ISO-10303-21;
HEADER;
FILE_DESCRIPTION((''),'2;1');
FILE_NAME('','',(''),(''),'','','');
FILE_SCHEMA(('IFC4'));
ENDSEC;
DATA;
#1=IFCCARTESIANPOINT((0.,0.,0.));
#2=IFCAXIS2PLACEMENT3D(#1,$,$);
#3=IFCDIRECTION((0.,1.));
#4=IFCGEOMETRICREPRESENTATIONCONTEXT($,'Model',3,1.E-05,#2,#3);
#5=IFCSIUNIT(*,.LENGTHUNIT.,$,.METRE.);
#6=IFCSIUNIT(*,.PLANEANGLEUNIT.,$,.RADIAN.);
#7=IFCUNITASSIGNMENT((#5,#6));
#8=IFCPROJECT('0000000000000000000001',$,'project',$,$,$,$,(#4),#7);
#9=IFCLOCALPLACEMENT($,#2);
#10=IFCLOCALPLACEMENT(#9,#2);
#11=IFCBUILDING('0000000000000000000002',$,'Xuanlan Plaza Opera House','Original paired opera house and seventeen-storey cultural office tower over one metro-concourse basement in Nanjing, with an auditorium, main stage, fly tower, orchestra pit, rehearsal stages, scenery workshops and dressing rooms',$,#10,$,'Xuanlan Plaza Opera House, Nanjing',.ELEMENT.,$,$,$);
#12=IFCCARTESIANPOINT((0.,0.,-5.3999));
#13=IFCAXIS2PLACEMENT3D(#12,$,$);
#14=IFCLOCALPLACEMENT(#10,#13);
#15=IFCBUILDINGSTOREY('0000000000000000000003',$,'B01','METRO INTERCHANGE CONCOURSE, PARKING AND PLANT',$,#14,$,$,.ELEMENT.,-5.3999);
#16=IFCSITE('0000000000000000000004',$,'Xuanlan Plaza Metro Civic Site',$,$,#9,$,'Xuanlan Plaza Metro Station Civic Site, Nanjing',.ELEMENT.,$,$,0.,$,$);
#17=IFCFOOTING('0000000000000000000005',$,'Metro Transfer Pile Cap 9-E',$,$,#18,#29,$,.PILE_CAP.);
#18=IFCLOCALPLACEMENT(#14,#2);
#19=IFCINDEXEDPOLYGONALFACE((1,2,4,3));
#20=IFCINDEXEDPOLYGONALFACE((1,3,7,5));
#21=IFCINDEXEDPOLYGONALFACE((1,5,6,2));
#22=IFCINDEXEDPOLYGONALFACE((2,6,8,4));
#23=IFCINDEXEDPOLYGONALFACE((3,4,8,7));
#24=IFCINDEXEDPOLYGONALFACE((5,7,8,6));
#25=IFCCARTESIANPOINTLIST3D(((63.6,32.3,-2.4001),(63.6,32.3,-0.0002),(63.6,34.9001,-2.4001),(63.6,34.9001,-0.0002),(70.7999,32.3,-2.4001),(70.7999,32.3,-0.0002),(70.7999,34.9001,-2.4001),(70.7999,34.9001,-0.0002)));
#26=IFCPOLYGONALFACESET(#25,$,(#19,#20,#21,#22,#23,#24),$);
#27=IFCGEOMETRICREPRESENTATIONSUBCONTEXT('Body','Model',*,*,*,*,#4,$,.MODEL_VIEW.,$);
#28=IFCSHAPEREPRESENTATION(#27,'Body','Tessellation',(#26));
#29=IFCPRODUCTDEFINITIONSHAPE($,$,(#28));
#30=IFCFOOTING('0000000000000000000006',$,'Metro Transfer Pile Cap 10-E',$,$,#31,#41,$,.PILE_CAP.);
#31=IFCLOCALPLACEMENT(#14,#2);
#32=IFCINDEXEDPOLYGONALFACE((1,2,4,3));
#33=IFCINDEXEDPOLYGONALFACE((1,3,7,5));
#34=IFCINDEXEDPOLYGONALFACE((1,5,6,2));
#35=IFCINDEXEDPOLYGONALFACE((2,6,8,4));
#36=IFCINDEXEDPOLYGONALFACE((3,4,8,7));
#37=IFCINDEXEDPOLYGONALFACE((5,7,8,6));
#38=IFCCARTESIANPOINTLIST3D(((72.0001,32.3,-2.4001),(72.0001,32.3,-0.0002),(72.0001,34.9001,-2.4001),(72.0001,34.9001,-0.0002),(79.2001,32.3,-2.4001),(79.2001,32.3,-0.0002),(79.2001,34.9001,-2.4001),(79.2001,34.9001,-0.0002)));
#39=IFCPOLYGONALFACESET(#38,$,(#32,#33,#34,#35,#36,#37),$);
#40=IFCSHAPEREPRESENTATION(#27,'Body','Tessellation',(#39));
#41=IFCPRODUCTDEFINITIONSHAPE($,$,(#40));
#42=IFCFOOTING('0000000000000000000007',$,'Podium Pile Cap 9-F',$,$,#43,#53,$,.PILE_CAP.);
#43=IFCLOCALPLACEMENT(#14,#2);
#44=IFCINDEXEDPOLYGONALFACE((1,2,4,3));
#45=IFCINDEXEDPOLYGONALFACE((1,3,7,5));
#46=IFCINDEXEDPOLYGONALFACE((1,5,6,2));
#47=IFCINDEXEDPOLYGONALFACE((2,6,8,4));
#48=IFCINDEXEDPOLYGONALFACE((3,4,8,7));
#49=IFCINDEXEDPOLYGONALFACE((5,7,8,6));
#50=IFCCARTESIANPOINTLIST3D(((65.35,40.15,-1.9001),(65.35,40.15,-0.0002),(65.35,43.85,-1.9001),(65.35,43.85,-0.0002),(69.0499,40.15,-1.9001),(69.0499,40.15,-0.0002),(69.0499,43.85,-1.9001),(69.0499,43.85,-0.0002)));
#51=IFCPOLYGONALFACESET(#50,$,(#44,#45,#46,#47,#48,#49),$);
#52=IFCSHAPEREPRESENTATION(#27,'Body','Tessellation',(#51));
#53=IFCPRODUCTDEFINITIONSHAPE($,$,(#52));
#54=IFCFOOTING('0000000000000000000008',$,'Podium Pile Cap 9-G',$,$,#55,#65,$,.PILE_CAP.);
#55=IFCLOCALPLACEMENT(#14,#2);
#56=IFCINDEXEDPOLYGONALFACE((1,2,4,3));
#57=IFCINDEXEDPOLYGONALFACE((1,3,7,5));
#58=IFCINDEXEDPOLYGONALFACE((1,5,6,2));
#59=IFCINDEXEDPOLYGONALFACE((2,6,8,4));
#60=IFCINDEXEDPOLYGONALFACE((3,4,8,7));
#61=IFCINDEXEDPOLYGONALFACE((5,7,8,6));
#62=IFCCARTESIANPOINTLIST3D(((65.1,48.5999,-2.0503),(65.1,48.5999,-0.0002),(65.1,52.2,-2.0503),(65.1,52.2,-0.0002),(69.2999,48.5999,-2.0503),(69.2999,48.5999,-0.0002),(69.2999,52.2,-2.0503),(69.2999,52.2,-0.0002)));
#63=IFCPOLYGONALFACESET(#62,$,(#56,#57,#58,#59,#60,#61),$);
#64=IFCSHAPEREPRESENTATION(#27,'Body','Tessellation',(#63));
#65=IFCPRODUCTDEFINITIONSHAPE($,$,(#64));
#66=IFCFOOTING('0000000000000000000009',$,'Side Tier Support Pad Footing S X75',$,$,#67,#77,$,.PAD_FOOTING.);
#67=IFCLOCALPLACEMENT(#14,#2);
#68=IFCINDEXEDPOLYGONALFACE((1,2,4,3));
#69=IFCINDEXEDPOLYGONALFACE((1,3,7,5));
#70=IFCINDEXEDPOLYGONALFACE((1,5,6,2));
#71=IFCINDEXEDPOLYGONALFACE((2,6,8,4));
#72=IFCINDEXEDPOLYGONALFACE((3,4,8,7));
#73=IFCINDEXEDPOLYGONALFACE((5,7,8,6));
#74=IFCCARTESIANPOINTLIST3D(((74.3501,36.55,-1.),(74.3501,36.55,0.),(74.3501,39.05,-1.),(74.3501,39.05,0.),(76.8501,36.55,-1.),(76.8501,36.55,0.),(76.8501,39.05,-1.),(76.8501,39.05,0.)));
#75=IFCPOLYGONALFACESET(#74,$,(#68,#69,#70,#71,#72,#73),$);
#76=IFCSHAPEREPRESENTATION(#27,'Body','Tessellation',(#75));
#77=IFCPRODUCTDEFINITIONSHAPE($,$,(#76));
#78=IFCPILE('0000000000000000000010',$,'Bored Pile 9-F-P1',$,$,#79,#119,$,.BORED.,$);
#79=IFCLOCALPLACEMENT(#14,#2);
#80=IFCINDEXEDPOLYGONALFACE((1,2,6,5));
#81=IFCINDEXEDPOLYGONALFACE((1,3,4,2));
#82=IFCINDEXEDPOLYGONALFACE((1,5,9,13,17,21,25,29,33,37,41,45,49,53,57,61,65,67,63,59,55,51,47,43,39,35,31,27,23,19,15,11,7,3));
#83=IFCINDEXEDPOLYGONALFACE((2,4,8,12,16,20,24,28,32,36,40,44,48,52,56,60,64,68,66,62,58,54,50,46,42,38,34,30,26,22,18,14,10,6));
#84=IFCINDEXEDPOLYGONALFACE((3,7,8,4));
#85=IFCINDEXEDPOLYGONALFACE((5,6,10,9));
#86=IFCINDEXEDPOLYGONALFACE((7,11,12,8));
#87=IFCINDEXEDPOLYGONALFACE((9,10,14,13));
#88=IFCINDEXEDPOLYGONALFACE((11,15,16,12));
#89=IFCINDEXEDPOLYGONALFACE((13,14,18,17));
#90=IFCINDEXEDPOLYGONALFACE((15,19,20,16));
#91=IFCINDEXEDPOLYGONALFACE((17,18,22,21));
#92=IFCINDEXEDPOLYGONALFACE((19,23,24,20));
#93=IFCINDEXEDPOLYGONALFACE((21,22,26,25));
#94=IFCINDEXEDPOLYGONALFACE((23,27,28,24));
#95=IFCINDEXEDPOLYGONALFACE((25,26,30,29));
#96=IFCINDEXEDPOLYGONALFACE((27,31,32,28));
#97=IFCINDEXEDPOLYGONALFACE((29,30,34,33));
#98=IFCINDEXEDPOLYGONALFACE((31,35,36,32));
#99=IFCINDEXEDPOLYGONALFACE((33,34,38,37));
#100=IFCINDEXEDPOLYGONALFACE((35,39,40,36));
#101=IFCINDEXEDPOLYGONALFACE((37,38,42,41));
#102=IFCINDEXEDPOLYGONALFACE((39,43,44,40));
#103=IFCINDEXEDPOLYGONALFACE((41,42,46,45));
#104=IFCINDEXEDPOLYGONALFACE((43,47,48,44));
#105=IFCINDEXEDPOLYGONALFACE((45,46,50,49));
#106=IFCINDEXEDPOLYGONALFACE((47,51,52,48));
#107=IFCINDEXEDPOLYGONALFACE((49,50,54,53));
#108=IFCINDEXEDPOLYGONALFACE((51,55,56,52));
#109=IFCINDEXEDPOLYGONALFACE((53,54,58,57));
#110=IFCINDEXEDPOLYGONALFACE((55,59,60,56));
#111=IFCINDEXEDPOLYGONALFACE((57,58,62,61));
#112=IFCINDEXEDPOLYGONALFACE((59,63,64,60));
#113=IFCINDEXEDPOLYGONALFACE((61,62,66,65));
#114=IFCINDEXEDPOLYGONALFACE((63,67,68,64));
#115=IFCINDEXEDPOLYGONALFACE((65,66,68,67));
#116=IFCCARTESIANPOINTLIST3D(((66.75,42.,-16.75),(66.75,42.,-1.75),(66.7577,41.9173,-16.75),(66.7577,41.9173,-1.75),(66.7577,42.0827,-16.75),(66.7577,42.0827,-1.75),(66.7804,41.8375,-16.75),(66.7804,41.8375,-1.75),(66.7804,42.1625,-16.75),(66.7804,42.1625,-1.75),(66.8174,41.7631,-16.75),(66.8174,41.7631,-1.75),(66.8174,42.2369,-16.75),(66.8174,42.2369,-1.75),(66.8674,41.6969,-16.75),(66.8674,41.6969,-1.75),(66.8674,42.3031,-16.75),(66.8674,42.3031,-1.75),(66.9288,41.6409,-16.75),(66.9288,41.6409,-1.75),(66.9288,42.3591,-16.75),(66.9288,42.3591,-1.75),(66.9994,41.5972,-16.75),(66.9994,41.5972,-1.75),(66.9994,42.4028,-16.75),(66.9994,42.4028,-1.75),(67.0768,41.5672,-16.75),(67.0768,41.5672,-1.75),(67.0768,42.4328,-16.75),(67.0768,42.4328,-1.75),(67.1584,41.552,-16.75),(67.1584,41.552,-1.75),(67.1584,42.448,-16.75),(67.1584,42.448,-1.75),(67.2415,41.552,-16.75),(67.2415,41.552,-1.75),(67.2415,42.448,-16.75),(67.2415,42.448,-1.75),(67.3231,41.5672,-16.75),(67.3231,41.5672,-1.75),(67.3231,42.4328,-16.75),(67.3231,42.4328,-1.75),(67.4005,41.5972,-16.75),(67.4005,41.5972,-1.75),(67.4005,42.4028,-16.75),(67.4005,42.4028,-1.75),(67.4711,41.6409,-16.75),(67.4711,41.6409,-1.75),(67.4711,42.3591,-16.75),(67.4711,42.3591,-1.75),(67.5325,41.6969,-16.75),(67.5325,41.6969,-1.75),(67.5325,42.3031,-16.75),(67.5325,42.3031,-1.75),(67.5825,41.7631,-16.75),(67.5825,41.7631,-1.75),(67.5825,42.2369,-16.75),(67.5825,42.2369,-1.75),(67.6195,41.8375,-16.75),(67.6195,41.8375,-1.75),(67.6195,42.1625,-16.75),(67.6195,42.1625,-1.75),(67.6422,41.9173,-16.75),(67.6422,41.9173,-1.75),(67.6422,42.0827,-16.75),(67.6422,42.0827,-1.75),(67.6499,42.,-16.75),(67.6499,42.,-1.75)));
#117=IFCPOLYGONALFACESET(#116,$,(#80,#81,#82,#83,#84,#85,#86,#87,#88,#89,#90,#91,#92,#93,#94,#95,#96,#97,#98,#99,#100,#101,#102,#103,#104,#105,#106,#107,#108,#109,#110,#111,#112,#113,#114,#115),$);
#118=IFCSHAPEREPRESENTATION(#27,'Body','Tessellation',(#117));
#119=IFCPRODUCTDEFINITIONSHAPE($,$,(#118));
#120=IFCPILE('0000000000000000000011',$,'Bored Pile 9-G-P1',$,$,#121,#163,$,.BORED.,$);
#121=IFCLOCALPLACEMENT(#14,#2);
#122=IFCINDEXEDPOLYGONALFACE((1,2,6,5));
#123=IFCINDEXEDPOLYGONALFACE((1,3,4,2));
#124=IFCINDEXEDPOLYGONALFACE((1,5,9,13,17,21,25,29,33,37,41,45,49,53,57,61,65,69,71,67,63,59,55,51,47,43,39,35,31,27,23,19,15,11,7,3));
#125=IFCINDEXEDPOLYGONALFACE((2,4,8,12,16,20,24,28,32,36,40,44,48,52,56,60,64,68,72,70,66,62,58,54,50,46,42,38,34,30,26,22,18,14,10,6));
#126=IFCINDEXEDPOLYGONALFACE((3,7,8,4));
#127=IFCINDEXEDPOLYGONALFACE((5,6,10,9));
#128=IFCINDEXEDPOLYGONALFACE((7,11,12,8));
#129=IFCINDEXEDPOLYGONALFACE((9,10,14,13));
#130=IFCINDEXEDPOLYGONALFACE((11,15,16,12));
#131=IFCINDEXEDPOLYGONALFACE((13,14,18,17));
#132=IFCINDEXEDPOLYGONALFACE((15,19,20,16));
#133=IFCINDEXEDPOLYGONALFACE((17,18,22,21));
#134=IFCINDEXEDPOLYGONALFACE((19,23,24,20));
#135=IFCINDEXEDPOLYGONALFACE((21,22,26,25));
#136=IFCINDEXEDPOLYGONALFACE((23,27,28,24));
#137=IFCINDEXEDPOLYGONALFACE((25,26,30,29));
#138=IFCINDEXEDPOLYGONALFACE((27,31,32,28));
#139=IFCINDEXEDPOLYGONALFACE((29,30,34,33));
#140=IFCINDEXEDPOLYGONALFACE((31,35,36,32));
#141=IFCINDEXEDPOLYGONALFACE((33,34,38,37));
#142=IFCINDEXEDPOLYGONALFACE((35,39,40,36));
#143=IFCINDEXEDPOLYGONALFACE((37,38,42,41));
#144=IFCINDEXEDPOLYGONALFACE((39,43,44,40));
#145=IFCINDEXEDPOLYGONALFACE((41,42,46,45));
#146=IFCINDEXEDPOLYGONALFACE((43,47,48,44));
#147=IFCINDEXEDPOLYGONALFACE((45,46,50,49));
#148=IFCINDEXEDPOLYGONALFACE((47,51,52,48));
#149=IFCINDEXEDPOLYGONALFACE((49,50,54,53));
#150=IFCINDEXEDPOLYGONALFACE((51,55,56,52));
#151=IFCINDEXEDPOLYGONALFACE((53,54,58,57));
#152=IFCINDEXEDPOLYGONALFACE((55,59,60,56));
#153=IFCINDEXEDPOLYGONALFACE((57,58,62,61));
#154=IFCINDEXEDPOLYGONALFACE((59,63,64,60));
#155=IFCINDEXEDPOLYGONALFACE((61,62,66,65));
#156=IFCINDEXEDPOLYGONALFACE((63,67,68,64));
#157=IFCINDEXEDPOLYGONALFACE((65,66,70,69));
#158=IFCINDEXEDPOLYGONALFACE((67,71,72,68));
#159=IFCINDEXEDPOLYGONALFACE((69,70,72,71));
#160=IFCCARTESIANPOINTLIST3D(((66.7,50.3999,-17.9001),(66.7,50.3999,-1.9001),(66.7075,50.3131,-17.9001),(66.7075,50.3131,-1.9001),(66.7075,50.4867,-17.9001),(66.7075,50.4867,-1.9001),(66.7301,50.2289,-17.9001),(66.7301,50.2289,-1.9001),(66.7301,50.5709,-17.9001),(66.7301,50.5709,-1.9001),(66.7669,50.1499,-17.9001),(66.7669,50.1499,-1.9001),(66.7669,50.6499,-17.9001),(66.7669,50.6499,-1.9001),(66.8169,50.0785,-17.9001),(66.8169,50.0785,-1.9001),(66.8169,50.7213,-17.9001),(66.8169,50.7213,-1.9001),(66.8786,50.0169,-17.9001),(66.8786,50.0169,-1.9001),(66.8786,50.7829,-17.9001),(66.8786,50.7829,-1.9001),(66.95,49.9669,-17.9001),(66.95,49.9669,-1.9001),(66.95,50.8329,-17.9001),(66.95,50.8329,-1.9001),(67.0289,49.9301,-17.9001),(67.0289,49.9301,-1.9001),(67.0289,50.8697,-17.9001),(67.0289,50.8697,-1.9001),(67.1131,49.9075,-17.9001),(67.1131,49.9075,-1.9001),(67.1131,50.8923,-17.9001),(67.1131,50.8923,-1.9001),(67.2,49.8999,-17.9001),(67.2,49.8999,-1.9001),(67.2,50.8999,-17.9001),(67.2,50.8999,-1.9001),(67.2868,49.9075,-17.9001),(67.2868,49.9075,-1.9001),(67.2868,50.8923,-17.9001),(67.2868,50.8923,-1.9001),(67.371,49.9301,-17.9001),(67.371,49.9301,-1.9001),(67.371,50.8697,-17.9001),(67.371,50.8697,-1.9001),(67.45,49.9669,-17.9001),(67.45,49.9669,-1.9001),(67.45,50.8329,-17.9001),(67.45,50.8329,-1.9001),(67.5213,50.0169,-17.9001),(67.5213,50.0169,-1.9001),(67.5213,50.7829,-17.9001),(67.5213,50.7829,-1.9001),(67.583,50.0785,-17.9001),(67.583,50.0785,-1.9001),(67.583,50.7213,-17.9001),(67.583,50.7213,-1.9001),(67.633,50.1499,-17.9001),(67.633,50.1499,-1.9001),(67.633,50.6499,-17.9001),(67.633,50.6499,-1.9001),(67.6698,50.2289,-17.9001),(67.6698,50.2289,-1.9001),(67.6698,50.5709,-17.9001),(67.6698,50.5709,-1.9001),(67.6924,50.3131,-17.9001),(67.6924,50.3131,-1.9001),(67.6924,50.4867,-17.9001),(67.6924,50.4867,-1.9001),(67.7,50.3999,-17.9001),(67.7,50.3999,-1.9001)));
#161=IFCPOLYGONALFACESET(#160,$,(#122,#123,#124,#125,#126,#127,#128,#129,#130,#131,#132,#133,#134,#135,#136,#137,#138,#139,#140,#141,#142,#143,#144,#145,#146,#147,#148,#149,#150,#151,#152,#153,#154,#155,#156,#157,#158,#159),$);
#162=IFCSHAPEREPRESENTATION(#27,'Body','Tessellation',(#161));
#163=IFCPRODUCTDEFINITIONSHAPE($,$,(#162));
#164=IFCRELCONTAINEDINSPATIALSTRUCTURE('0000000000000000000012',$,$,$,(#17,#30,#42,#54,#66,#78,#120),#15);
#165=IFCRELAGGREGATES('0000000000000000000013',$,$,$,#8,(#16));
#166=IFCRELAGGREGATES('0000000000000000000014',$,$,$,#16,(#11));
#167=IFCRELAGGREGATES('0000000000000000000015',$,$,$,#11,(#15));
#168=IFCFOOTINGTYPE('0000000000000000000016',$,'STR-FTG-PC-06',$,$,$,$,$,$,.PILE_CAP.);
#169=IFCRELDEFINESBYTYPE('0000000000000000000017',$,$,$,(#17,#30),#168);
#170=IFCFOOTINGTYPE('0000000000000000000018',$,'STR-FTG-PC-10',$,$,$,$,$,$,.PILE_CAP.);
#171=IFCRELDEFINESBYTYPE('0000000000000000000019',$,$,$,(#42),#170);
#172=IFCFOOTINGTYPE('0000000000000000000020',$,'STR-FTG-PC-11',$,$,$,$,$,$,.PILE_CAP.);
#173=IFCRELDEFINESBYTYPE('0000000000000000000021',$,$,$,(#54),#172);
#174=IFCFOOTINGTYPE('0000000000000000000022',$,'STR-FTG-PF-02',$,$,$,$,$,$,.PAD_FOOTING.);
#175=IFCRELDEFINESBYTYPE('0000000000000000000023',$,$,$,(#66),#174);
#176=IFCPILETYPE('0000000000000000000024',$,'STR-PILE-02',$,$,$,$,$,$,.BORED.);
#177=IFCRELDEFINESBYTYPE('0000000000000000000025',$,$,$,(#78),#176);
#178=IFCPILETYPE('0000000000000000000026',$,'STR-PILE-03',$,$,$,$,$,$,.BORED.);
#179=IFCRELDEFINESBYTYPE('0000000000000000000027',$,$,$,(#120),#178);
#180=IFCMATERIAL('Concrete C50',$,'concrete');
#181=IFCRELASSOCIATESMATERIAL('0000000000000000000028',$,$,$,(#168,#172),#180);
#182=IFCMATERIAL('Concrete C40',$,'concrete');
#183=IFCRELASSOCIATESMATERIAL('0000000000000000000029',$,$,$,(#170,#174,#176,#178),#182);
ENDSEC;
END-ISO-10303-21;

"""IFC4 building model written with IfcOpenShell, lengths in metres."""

from ifc_helpers import new_model, si_unit, direction, frame, origin, origin_2d, place, context, subcontext, project, spatial, rectangle, circle, extrude, material, material_profile, profile_set, type_object, element, save


model = new_model("IFC4")

# Units and contexts
model_context = context("Model", 3, precision=1e-05, world=origin(), true_north=direction((0.0, 1.0)))
body_context = subcontext(model_context, "Body", "Model", "MODEL_VIEW")
ifc_project = project(units=[si_unit("LENGTHUNIT", "METRE"), si_unit("PLANEANGLEUNIT", "RADIAN")], contexts=[model_context])

# Site, building, storey
site_placement = place(None, origin())
site = spatial("IfcSite", under=ifc_project, at=site_placement, Name="Xuanlan Plaza Metro Civic Site", LongName="Xuanlan Plaza Metro Station Civic Site, Nanjing", CompositionType="ELEMENT", RefElevation=0.0)
building_placement = place(site_placement, origin())
building = spatial("IfcBuilding", under=site, at=building_placement, Name="Xuanlan Plaza Opera House", Description="Original paired opera house and seventeen-storey cultural office tower over one metro-concourse basement in Nanjing, with an auditorium, main stage, fly tower, orchestra pit, rehearsal stages, scenery workshops and dressing rooms", LongName="Xuanlan Plaza Opera House, Nanjing", CompositionType="ELEMENT")
storey_placement = place(building_placement, frame((0.0, 0.0, -5.3999)))
storey = spatial("IfcBuildingStorey", under=building, at=storey_placement, Name="B01", Description="METRO INTERCHANGE CONCOURSE, PARKING AND PLANT", CompositionType="ELEMENT", Elevation=-5.3999)

# Footings
ifc_material_1 = material(Name="Concrete C50", Category="concrete")
footing_type_1 = type_object("IfcFootingType", Name="STR-FTG-PC-06", PredefinedType="PILE_CAP", material=ifc_material_1)
for number, where, z_axis, x_axis, name in (
    (1, (67.2, 33.6001, -2.4001), (0.0, 0.0, 1.0), (1.0, 0.0, 0.0), "Metro Transfer Pile Cap 9-E"),
    (2, (75.6001, 33.6001, -2.4001), (0.0, 0.0, 1.0), (1.0, 0.0, 0.0), "Metro Transfer Pile Cap 10-E"),
):
    element("IfcFooting", number, at=place(storey_placement, frame(where, z_axis=z_axis, x_axis=x_axis)), inside=storey, type_object=footing_type_1, Name=name, PredefinedType="PILE_CAP", context=body_context, shape_type="SweptSolid", body=[
        extrude(rectangle(XDim=7.2, YDim=2.6001, at=origin_2d()), origin(), (0.0, 0.0, 1.0), 2.3999),
    ])
ifc_material_2 = material(Name="Concrete C40", Category="concrete")
footing_type_2 = type_object("IfcFootingType", Name="STR-FTG-PC-10", PredefinedType="PILE_CAP", material=ifc_material_2)
footing_1_placement = place(storey_placement, frame((67.2, 42.0, -1.9001), z_axis=(0.0, 0.0, 1.0), x_axis=(1.0, 0.0, 0.0)))
element("IfcFooting", 3, at=footing_1_placement, inside=storey, type_object=footing_type_2, Name="Podium Pile Cap 9-F", PredefinedType="PILE_CAP", context=body_context, shape_type="SweptSolid", body=[
    extrude(rectangle(XDim=3.7, YDim=3.7, at=origin_2d()), origin(), (0.0, 0.0, 1.0), 1.8999),
])
footing_type_3 = type_object("IfcFootingType", Name="STR-FTG-PC-11", PredefinedType="PILE_CAP", material=ifc_material_1)
footing_2_placement = place(storey_placement, frame((67.2, 50.3999, -2.0503), z_axis=(0.0, 0.0, 1.0), x_axis=(1.0, 0.0, 0.0)))
element("IfcFooting", 4, at=footing_2_placement, inside=storey, type_object=footing_type_3, Name="Podium Pile Cap 9-G", PredefinedType="PILE_CAP", context=body_context, shape_type="SweptSolid", body=[
    extrude(rectangle(XDim=4.2, YDim=3.6001, at=origin_2d()), origin(), (0.0, 0.0, 1.0), 2.05),
])
footing_type_4 = type_object("IfcFootingType", Name="STR-FTG-PF-02", PredefinedType="PAD_FOOTING", material=ifc_material_2)
footing_3_placement = place(storey_placement, frame((75.6001, 37.8, -1.0), z_axis=(0.0, 0.0, 1.0), x_axis=(1.0, 0.0, 0.0)))
element("IfcFooting", 5, at=footing_3_placement, inside=storey, type_object=footing_type_4, Name="Side Tier Support Pad Footing S X75", PredefinedType="PAD_FOOTING", context=body_context, shape_type="SweptSolid", body=[
    extrude(rectangle(XDim=2.5, YDim=2.5, at=origin_2d()), origin(), (0.0, 0.0, 1.0), 1.0),
])

# Piles
ifc_material_profile_1 = material_profile(ifc_material_2, circle(Radius=0.45, at=origin_2d()), Name="PILE D900")
ifc_profile_set_1 = profile_set([ifc_material_profile_1], Name="Concrete C40")
pile_type_1 = type_object("IfcPileType", Name="STR-PILE-02", PredefinedType="BORED", material=ifc_profile_set_1)
pile_1_placement = place(storey_placement, frame((67.2, 42.0, -1.75), z_axis=(0.0, 0.0, -1.0), x_axis=(1.0, 0.0, 0.0)))
element("IfcPile", 6, at=pile_1_placement, inside=storey, type_object=pile_type_1, Name="Bored Pile 9-F-P1", PredefinedType="BORED", context=body_context, shape_type="SweptSolid", body=[
    extrude(circle(Radius=0.45, at=origin_2d()), origin(), (0.0, 0.0, 1.0), 15.0),
])
ifc_material_profile_2 = material_profile(ifc_material_2, circle(Radius=0.5, at=origin_2d()), Name="PILE D1000")
ifc_profile_set_2 = profile_set([ifc_material_profile_2], Name="Concrete C40")
pile_type_2 = type_object("IfcPileType", Name="STR-PILE-03", PredefinedType="BORED", material=ifc_profile_set_2)
pile_2_placement = place(storey_placement, frame((67.2, 50.3999, -1.9001), z_axis=(0.0, 0.0, -1.0), x_axis=(1.0, 0.0, 0.0)))
element("IfcPile", 7, at=pile_2_placement, inside=storey, type_object=pile_type_2, Name="Bored Pile 9-G-P1", PredefinedType="BORED", context=body_context, shape_type="SweptSolid", body=[
    extrude(circle(Radius=0.5, at=origin_2d()), origin(), (0.0, 0.0, 1.0), 16.0),
])

save(model, "model.ifc")
